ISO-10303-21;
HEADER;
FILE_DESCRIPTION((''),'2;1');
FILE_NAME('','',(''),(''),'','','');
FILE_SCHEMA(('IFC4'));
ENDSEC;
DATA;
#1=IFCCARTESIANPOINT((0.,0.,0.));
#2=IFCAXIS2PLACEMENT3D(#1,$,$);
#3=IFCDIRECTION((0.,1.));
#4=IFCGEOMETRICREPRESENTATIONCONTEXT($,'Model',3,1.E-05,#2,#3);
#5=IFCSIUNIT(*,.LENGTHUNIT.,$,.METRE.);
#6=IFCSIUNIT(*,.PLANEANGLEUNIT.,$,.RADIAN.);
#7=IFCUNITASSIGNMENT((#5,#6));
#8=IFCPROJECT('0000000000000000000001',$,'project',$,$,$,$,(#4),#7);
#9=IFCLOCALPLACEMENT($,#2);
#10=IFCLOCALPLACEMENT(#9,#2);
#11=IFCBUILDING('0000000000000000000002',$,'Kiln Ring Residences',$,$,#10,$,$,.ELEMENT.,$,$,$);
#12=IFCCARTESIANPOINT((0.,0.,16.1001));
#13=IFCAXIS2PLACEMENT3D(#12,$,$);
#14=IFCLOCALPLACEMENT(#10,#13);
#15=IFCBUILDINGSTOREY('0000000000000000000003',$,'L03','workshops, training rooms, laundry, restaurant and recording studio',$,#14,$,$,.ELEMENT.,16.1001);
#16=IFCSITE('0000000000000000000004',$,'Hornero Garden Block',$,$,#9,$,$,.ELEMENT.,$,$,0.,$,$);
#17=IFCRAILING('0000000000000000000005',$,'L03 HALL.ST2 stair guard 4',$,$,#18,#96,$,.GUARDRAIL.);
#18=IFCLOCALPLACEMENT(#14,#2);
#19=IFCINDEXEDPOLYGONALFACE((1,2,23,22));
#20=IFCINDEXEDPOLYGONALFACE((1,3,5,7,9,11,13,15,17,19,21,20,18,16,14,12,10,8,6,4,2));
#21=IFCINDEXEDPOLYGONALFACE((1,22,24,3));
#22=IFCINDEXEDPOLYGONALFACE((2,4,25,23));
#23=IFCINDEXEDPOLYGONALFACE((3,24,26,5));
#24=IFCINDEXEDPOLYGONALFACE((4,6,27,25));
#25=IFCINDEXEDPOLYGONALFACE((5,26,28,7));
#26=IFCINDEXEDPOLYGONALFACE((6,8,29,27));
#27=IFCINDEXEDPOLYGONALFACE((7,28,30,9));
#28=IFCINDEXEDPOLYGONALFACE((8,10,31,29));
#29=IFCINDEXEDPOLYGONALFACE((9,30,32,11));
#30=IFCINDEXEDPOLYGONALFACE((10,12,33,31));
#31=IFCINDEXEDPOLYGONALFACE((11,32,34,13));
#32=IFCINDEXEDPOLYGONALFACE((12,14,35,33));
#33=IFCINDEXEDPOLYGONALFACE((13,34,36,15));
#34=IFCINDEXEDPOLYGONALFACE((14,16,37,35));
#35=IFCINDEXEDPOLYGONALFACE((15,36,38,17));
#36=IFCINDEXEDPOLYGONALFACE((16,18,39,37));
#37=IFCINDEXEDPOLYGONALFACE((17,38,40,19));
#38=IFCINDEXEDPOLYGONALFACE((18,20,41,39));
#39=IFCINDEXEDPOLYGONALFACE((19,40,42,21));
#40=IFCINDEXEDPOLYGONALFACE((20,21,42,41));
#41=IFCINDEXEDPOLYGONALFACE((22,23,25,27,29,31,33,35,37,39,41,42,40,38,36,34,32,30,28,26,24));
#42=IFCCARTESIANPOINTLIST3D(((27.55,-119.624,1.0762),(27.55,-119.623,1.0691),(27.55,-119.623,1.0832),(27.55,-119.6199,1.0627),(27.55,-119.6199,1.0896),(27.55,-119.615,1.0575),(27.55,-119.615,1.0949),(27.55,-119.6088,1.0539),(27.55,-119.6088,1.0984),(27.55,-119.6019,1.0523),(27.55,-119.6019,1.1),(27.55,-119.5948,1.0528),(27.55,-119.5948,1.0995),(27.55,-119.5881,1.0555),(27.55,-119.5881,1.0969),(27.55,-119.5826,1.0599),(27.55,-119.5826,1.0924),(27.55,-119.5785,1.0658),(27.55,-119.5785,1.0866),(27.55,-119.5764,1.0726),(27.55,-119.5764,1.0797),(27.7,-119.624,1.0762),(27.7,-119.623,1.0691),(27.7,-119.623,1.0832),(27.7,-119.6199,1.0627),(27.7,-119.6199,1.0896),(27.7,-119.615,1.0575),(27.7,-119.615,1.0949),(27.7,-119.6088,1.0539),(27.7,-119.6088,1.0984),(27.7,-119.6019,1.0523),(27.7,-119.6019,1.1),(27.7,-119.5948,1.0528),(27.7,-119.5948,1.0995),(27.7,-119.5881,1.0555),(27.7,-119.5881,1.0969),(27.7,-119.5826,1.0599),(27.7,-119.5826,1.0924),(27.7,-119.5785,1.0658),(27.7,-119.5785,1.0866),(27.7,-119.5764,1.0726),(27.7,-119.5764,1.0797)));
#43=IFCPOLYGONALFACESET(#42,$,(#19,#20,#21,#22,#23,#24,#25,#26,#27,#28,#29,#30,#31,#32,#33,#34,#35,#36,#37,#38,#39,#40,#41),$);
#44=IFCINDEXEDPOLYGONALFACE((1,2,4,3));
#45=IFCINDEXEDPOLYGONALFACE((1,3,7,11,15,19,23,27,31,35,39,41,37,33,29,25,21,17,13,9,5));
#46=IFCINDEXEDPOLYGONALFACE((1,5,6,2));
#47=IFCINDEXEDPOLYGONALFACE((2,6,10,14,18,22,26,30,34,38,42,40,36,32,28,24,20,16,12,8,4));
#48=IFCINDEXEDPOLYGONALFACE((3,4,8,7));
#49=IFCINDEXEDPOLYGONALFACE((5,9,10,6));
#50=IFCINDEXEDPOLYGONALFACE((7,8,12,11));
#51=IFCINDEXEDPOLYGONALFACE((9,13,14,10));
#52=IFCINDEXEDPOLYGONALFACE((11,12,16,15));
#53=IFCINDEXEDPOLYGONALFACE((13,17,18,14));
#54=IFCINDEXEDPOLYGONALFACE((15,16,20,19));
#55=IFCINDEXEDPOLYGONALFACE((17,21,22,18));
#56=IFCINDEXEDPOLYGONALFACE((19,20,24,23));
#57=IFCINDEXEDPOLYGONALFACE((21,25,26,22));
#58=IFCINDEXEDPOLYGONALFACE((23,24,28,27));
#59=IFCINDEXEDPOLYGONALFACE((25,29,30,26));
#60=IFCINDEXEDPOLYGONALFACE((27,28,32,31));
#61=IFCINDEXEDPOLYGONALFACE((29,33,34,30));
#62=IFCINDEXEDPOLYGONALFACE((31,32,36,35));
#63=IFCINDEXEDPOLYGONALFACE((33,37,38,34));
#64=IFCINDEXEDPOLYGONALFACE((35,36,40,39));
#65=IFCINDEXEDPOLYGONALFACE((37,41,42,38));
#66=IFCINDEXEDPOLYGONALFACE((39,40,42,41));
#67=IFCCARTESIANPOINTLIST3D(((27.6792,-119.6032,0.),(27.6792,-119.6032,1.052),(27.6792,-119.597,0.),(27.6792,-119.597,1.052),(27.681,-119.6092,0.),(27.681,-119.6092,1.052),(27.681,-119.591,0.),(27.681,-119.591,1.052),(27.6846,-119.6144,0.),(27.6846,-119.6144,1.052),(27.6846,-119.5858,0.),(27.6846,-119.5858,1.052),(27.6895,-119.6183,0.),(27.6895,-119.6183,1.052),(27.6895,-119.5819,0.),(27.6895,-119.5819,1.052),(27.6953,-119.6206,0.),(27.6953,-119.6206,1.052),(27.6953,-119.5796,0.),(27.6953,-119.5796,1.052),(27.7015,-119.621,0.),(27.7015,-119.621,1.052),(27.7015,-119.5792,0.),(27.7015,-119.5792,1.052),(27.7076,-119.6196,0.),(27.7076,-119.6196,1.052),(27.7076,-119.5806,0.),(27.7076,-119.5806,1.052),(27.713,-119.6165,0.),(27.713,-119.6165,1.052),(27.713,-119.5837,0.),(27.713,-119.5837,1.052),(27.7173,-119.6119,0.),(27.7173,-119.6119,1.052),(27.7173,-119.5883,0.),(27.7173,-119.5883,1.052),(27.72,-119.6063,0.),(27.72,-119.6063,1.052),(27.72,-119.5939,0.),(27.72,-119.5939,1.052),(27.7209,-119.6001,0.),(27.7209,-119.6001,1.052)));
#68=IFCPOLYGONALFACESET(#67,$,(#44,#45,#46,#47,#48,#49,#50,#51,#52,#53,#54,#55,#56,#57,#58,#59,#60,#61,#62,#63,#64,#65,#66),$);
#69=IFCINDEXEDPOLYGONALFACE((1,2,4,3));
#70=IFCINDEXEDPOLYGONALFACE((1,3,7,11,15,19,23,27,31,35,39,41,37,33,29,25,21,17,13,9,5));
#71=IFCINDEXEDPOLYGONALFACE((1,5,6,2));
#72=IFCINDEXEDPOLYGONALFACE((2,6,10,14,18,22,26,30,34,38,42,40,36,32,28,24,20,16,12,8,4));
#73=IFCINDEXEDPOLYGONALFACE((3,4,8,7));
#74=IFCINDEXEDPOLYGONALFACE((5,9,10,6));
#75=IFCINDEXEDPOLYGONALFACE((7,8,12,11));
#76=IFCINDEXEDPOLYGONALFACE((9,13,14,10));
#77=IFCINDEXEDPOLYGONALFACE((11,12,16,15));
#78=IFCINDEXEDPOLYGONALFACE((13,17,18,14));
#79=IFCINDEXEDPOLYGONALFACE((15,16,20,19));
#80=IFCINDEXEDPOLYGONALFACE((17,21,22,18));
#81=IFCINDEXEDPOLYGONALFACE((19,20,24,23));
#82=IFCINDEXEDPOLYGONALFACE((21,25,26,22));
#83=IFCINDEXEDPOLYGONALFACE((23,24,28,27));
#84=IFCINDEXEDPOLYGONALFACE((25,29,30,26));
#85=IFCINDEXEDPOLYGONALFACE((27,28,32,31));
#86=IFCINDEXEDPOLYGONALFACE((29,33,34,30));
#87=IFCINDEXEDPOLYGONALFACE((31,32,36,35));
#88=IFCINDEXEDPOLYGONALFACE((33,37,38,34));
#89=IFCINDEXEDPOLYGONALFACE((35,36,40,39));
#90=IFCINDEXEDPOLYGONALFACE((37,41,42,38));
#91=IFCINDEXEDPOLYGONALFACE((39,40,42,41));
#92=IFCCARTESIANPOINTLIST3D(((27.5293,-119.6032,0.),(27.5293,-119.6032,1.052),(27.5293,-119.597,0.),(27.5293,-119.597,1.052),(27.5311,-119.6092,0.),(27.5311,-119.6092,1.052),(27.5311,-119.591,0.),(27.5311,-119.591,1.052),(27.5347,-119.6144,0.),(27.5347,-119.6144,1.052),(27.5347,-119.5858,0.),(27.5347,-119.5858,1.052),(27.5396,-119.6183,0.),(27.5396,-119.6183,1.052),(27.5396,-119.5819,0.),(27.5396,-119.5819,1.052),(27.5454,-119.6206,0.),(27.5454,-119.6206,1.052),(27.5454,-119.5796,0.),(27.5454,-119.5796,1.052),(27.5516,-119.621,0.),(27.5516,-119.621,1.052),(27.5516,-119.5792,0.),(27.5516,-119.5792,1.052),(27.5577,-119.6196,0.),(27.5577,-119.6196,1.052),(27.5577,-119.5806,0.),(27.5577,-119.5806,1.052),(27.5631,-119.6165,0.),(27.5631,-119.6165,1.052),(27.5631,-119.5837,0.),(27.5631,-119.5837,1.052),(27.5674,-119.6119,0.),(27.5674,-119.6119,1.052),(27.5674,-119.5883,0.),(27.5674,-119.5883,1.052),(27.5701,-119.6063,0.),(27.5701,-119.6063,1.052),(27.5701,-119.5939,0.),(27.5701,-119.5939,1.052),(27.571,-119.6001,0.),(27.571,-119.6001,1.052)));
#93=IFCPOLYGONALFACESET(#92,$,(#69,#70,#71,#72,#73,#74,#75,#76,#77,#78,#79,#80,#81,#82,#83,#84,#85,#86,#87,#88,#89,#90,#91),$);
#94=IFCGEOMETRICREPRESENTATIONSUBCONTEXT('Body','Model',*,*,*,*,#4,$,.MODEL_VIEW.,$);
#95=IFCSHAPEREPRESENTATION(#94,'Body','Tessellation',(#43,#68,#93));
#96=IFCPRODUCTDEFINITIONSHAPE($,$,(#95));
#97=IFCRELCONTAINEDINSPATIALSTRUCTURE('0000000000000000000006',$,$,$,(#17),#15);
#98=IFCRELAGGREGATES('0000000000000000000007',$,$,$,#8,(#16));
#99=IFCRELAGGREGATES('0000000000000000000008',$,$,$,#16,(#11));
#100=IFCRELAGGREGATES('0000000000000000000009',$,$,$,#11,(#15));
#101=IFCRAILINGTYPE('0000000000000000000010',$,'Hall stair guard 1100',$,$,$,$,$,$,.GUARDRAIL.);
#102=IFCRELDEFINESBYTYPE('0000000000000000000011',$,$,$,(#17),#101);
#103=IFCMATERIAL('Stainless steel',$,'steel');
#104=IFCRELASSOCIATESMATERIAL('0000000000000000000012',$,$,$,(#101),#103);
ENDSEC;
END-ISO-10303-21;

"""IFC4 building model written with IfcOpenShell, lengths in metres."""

from ifc_helpers import new_model, si_unit, direction, frame, origin, origin_2d, place, context, subcontext, project, spatial, circle, extrude, material, type_object, element, save


model = new_model("IFC4")

# Units and contexts
model_context = context("Model", 3, precision=1e-05, world=origin(), true_north=direction((0.0, 1.0)))
body_context = subcontext(model_context, "Body", "Model", "MODEL_VIEW")
ifc_project = project(units=[si_unit("LENGTHUNIT", "METRE"), si_unit("PLANEANGLEUNIT", "RADIAN")], contexts=[model_context])

# Site, building, storey
site_placement = place(None, origin())
site = spatial("IfcSite", under=ifc_project, at=site_placement, Name="Hornero Garden Block", CompositionType="ELEMENT", RefElevation=0.0)
building_placement = place(site_placement, origin())
building = spatial("IfcBuilding", under=site, at=building_placement, Name="Kiln Ring Residences", CompositionType="ELEMENT")
storey_placement = place(building_placement, frame((0.0, 0.0, 16.1001)))
storey = spatial("IfcBuildingStorey", under=building, at=storey_placement, Name="L03", Description="workshops, training rooms, laundry, restaurant and recording studio", CompositionType="ELEMENT", Elevation=16.1001)

# Railing
ifc_material_1 = material(Name="Stainless steel", Category="steel")
railing_type_1 = type_object("IfcRailingType", Name="Hall stair guard 1100", PredefinedType="GUARDRAIL", material=ifc_material_1)
railing_1_placement = place(storey_placement, frame((27.7, -119.6001, 0.0)))
element("IfcRailing", 1, at=railing_1_placement, inside=storey, type_object=railing_type_1, Name="L03 HALL.ST2 stair guard 4", PredefinedType="GUARDRAIL", context=body_context, shape_type="SweptSolid", body=[
    extrude(circle(Radius=0.0239, at=origin_2d()), frame((0.0, 0.0, 1.0762), z_axis=(-1.0, 0.0, 0.0), x_axis=(0.0, -1.0, 0.0)), (0.0, 0.0, 1.0), 0.1499),
    extrude(circle(Radius=0.021, at=origin_2d()), origin(), (0.0, 0.0, 1.0), 1.052),
    extrude(circle(Radius=0.021, at=origin_2d()), frame((-0.1499, 0.0, 0.0)), (0.0, 0.0, 1.0), 1.052),
])

save(model, "model.ifc")
